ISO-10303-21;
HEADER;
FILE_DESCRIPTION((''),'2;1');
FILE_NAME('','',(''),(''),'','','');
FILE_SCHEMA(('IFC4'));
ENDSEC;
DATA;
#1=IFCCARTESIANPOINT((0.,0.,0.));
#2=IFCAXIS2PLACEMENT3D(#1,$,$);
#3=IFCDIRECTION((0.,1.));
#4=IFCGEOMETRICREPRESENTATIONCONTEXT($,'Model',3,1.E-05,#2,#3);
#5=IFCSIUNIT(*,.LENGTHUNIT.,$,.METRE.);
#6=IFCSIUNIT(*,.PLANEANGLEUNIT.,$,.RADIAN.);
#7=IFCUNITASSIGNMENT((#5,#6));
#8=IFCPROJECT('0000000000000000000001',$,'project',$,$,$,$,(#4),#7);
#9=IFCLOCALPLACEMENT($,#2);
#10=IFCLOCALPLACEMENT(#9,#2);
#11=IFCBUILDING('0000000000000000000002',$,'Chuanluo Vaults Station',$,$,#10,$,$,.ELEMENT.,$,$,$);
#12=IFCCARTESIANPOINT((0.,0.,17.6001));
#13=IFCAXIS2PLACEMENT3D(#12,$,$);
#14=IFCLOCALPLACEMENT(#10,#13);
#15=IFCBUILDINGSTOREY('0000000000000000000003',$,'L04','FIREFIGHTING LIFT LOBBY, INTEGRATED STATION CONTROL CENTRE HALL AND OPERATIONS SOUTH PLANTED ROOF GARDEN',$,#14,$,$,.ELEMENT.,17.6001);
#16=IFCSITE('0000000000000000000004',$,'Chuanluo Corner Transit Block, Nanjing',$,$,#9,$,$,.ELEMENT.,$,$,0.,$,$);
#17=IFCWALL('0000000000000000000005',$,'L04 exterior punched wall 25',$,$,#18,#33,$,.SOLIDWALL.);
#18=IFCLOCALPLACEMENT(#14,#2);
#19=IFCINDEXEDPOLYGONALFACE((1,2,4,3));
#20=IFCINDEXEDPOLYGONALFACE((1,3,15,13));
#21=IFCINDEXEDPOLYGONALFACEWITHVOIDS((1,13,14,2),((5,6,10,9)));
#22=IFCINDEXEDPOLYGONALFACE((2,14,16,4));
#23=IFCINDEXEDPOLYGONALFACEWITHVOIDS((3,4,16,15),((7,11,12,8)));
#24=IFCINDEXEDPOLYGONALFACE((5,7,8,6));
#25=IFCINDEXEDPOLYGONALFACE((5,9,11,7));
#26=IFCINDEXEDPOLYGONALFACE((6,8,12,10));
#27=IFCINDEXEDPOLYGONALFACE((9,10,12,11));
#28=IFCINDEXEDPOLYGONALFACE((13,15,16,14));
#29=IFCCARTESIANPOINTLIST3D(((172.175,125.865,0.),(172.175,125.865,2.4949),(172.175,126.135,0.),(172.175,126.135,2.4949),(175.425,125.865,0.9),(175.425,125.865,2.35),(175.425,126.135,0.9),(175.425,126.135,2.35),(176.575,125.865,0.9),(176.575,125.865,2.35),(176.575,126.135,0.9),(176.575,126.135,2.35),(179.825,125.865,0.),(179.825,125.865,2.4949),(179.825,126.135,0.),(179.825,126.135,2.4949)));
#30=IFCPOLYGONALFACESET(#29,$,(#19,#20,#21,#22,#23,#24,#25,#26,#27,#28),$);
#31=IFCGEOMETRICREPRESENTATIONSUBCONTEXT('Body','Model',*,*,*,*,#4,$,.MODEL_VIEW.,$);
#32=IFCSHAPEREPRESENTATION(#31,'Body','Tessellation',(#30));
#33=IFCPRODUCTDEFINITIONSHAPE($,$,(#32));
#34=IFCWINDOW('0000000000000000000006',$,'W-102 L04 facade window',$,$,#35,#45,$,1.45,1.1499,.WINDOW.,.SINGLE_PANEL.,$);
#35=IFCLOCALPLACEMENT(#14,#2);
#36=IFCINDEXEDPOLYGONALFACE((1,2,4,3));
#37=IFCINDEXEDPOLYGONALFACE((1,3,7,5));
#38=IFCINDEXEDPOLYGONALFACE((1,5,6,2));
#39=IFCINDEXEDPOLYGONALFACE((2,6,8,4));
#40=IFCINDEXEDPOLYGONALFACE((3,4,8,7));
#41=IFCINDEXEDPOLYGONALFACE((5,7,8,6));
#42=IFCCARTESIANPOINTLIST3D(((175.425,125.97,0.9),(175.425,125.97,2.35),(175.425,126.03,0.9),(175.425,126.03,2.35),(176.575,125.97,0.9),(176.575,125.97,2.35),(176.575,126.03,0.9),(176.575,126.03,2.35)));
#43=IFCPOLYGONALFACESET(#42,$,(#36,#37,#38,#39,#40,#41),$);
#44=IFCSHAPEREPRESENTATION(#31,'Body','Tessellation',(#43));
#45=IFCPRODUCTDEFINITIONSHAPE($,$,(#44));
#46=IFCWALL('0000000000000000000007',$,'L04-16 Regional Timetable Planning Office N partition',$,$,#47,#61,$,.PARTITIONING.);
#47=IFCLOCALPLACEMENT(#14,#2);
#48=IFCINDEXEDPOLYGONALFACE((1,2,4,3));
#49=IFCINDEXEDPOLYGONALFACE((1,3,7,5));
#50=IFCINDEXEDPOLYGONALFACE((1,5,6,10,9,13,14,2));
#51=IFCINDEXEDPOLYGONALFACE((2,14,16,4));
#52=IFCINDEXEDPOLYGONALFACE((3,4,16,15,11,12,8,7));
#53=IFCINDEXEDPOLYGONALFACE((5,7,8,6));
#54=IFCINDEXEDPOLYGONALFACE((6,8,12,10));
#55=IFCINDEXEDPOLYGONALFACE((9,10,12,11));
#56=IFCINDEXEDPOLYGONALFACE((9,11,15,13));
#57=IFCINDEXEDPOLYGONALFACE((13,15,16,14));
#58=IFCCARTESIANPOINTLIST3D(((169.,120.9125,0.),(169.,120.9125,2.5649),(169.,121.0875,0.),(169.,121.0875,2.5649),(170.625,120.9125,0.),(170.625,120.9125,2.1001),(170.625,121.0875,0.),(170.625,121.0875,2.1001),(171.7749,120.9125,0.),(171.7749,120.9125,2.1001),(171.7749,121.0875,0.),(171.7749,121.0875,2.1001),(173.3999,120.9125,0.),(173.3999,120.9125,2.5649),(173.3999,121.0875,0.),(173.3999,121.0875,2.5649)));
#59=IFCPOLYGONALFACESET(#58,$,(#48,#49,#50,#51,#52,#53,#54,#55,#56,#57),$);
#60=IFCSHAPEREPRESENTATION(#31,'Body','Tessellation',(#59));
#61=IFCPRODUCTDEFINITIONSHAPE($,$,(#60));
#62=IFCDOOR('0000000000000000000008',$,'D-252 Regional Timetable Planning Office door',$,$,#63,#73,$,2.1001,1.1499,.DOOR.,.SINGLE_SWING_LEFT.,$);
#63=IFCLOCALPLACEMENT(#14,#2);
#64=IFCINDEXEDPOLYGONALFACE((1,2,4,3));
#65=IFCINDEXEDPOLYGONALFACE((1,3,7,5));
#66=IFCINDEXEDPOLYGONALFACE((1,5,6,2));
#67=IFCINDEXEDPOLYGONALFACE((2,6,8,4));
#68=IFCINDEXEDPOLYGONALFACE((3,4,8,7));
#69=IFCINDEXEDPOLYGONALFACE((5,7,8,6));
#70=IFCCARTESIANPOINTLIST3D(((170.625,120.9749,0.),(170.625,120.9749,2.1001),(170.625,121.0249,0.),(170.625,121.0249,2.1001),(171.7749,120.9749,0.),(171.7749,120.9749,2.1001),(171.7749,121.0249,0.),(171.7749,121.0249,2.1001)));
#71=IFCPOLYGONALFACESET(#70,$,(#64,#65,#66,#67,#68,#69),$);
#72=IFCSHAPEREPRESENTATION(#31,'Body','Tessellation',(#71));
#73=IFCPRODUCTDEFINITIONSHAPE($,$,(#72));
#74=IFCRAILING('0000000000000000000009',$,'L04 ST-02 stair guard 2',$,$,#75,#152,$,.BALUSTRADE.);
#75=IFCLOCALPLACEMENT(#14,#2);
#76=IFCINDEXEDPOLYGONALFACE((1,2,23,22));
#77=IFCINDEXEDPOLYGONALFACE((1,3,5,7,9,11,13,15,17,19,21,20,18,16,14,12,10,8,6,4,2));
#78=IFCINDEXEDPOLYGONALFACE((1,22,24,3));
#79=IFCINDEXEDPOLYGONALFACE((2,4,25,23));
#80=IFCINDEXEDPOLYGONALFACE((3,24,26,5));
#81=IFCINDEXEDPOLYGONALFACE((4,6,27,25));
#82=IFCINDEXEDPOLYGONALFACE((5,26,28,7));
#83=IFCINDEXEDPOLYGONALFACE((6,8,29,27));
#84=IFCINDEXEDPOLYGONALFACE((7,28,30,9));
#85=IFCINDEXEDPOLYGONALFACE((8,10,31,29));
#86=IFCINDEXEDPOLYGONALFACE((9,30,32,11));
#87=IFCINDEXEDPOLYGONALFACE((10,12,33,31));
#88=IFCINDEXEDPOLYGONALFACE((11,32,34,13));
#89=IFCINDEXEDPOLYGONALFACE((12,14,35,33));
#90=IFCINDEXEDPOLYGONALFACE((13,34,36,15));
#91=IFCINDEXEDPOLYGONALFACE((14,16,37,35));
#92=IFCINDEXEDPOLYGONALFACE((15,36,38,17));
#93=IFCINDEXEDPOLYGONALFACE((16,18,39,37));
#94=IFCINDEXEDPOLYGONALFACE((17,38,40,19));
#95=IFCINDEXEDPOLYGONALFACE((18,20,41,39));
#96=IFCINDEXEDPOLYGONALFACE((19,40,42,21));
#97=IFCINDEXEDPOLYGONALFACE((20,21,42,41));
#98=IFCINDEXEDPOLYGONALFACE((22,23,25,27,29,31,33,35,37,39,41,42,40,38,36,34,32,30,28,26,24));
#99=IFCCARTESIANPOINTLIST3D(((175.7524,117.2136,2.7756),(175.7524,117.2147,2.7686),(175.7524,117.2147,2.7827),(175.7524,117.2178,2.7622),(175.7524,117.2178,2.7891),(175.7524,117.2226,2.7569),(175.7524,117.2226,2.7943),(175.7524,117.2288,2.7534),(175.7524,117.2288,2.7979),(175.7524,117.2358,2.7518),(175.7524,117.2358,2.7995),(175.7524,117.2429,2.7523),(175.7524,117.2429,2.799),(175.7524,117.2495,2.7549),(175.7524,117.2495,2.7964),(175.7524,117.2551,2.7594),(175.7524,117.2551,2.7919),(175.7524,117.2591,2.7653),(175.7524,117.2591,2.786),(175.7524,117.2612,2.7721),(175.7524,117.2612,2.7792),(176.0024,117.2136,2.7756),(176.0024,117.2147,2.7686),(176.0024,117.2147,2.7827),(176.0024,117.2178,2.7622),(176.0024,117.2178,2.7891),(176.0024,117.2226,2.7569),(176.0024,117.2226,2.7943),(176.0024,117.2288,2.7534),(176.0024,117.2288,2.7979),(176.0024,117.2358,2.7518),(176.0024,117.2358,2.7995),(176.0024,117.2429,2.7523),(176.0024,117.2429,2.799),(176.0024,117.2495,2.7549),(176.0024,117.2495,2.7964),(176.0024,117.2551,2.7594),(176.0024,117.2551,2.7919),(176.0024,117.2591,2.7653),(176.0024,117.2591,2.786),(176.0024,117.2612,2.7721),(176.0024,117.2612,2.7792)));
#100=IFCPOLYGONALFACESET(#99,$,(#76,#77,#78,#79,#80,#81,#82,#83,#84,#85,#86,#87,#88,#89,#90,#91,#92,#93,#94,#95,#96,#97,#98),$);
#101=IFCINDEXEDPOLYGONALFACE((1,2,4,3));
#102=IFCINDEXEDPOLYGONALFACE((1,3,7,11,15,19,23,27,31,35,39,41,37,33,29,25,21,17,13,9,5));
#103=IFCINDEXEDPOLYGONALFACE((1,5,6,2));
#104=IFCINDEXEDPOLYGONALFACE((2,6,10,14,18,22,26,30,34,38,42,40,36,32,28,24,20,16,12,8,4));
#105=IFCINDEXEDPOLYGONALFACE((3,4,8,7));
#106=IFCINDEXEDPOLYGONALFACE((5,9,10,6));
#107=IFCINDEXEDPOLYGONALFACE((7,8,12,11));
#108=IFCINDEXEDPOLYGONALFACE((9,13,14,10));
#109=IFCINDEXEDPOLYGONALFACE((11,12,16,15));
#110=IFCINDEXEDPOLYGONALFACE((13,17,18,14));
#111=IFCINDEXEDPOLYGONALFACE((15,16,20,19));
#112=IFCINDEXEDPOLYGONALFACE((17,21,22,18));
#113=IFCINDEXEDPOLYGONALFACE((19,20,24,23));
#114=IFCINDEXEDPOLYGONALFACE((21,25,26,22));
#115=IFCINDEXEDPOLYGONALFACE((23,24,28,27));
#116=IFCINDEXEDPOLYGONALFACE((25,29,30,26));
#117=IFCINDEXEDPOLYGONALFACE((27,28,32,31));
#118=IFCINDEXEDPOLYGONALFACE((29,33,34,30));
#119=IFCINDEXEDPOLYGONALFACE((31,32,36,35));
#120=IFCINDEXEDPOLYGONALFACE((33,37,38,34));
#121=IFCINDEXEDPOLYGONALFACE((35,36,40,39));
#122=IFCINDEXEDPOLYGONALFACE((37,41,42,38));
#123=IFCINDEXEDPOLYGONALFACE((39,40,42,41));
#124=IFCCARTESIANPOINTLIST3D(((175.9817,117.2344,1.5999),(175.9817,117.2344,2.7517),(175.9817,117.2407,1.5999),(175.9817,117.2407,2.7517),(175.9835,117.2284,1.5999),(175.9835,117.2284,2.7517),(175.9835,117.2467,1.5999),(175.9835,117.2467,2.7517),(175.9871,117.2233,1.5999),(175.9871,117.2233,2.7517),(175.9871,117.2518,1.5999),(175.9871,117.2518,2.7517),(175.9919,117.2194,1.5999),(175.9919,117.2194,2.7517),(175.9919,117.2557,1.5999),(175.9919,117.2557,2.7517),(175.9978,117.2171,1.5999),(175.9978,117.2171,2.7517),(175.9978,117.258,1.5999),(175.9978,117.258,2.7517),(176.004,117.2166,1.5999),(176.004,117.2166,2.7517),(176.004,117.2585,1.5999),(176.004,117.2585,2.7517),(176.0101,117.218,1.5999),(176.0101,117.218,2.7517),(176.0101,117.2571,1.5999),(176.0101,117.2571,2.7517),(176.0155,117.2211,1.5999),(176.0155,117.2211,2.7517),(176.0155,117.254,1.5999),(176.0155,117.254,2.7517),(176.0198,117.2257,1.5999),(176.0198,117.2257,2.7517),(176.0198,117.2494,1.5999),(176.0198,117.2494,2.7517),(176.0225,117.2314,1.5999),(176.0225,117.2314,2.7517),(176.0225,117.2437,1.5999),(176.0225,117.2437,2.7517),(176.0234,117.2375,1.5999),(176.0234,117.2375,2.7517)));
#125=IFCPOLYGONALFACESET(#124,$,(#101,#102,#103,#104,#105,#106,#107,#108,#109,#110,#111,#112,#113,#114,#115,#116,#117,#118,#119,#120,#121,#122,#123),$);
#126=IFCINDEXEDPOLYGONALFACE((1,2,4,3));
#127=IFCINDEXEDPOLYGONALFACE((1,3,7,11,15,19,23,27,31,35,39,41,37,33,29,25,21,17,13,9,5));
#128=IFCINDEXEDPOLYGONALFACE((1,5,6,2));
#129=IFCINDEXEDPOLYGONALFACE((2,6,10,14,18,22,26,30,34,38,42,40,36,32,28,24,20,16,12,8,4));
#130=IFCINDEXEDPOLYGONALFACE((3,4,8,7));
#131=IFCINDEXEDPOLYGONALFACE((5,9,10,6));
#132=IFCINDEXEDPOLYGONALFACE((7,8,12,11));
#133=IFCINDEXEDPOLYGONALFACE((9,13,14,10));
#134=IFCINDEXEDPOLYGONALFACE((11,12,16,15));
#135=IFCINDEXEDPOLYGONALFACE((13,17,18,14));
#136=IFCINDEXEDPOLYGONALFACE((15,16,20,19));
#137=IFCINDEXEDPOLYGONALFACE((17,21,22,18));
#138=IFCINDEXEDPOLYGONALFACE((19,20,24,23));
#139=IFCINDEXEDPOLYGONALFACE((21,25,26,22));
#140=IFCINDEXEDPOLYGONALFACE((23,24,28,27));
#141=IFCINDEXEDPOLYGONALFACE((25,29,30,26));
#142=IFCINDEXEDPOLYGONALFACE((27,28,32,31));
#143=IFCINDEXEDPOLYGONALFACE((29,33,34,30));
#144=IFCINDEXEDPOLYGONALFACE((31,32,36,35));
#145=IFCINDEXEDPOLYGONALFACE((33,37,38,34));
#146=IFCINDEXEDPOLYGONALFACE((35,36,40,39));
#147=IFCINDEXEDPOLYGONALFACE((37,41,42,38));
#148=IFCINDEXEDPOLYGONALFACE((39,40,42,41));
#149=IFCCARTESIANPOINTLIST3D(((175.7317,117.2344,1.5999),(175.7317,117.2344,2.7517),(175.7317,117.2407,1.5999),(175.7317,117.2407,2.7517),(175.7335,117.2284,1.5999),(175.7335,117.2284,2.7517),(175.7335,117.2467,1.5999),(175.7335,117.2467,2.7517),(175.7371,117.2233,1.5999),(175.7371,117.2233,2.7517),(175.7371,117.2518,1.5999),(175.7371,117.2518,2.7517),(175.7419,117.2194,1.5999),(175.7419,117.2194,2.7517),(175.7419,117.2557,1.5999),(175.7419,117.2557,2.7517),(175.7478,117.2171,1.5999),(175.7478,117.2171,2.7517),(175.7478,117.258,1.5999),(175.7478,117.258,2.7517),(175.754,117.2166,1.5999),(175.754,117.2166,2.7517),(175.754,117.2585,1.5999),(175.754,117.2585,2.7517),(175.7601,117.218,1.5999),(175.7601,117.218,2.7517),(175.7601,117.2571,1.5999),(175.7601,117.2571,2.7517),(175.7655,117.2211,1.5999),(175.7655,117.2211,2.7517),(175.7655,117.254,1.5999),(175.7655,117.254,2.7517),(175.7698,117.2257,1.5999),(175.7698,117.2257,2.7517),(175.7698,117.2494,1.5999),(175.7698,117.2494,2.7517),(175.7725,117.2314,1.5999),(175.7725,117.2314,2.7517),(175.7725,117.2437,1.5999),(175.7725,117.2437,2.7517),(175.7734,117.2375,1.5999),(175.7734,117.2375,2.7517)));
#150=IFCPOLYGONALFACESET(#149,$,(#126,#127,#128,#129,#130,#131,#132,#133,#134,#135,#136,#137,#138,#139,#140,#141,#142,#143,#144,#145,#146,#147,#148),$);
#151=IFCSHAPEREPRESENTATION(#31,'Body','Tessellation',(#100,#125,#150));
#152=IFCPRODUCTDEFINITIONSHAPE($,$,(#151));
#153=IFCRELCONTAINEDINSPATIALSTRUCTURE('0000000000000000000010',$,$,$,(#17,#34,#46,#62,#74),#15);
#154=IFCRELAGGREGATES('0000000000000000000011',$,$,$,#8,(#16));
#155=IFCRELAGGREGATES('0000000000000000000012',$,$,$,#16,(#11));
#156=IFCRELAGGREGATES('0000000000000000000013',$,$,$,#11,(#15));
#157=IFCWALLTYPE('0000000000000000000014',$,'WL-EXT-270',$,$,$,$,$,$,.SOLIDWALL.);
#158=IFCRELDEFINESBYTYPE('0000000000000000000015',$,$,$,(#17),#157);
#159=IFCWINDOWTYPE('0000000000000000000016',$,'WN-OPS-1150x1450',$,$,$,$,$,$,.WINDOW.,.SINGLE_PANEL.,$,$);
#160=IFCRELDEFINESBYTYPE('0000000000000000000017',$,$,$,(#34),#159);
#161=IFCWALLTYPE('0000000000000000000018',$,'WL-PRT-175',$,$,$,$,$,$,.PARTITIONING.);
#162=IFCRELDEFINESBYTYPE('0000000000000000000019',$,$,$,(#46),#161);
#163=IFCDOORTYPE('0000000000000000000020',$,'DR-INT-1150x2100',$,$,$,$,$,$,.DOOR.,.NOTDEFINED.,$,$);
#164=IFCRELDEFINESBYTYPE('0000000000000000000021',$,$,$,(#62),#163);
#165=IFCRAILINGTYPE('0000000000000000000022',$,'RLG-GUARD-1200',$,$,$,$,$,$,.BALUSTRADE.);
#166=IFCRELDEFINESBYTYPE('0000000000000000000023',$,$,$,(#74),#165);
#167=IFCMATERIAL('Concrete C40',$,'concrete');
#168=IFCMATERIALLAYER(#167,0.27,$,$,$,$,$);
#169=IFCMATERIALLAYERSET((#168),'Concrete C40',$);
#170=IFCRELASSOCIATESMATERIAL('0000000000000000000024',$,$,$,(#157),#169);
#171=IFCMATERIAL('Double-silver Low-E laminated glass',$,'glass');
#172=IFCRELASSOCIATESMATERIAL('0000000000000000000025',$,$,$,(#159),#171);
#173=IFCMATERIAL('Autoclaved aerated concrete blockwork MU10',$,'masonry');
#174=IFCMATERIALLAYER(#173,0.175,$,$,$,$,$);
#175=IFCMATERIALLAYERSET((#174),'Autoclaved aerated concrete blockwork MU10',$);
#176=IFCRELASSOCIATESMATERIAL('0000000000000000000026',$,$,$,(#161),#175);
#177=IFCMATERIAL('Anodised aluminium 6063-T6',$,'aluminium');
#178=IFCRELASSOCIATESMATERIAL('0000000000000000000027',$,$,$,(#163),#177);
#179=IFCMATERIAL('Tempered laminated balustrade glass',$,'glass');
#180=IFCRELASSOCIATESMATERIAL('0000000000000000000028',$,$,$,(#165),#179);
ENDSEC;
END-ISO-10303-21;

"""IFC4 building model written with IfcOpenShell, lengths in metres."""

from ifc_helpers import new_model, si_unit, direction, frame, frame_2d, origin, origin_2d, place, context, subcontext, project, spatial, rectangle, circle, extrude, material, layer, layer_set, type_object, element, fill, save


model = new_model("IFC4")

# Units and contexts
model_context = context("Model", 3, precision=1e-05, world=origin(), true_north=direction((0.0, 1.0)))
body_context = subcontext(model_context, "Body", "Model", "MODEL_VIEW")
ifc_project = project(units=[si_unit("LENGTHUNIT", "METRE"), si_unit("PLANEANGLEUNIT", "RADIAN")], contexts=[model_context])

# Site, building, storey
site_placement = place(None, origin())
site = spatial("IfcSite", under=ifc_project, at=site_placement, Name="Chuanluo Corner Transit Block, Nanjing", CompositionType="ELEMENT", RefElevation=0.0)
building_placement = place(site_placement, origin())
building = spatial("IfcBuilding", under=site, at=building_placement, Name="Chuanluo Vaults Station", CompositionType="ELEMENT")
storey_placement = place(building_placement, frame((0.0, 0.0, 17.6001)))
storey = spatial("IfcBuildingStorey", under=building, at=storey_placement, Name="L04", Description="FIREFIGHTING LIFT LOBBY, INTEGRATED STATION CONTROL CENTRE HALL AND OPERATIONS SOUTH PLANTED ROOF GARDEN", CompositionType="ELEMENT", Elevation=17.6001)

# Wall, opening, window
ifc_material_1 = material(Name="Concrete C40", Category="concrete")
ifc_layer_1 = layer(ifc_material_1, 0.27)
ifc_layer_set_1 = layer_set([ifc_layer_1], Name="Concrete C40")
wall_type_1 = type_object("IfcWallType", Name="WL-EXT-270", PredefinedType="SOLIDWALL", material=ifc_layer_set_1)
wall_1_placement = place(storey_placement, frame((172.175, 126.0, 0.0), z_axis=(0.0, 0.0, 1.0), x_axis=(1.0, 0.0, 0.0)))
wall_1 = element("IfcWall", 1, at=wall_1_placement, inside=storey, type_object=wall_type_1, Name="L04 exterior punched wall 25", PredefinedType="SOLIDWALL", context=body_context, shape_type="SweptSolid", body=[
    extrude(rectangle(XDim=7.6499, YDim=0.27, at=frame_2d((3.825, 0.0))), origin(), (0.0, 0.0, 1.0), 2.4949),
])
opening_1_placement = place(wall_1_placement, frame((3.25, 0.0, 0.8999)))
opening_1 = element("IfcOpeningElement", 2, at=opening_1_placement, cuts=wall_1, PredefinedType="OPENING", context=body_context, shape_type="SweptSolid", body=[
    extrude(rectangle(XDim=1.1499, YDim=1.45, at=frame_2d((0.575, 0.7251))), frame((0.0, 0.145, 0.0), z_axis=(0.0, -1.0, 0.0), x_axis=(1.0, 0.0, 0.0)), (0.0, 0.0, 1.0), 0.29),
])
ifc_material_2 = material(Name="Double-silver Low-E laminated glass", Category="glass")
window_type = type_object("IfcWindowType", Name="WN-OPS-1150x1450", PartitioningType="SINGLE_PANEL", PredefinedType="WINDOW", material=ifc_material_2)
window_placement = place(opening_1_placement, origin())
window = element("IfcWindow", 3, at=window_placement, inside=storey, type_object=window_type, Name="W-102 L04 facade window", OverallHeight=1.45, OverallWidth=1.1499, PartitioningType="SINGLE_PANEL", PredefinedType="WINDOW", context=body_context, shape_type="SweptSolid", body=[
    extrude(rectangle(XDim=1.1499, YDim=1.45, at=frame_2d((0.575, 0.7251))), frame((0.0, 0.03, 0.0), z_axis=(0.0, -1.0, 0.0), x_axis=(1.0, 0.0, 0.0)), (0.0, 0.0, 1.0), 0.0601),
])
fill(opening_1, window)

# Wall, opening, door
ifc_material_3 = material(Name="Autoclaved aerated concrete blockwork MU10", Category="masonry")
ifc_layer_2 = layer(ifc_material_3, 0.175)
ifc_layer_set_2 = layer_set([ifc_layer_2], Name="Autoclaved aerated concrete blockwork MU10")
wall_type_2 = type_object("IfcWallType", Name="WL-PRT-175", PredefinedType="PARTITIONING", material=ifc_layer_set_2)
wall_2_placement = place(storey_placement, frame((169.0, 121.0, 0.0), z_axis=(0.0, 0.0, 1.0), x_axis=(1.0, 0.0, 0.0)))
wall_2 = element("IfcWall", 4, at=wall_2_placement, inside=storey, type_object=wall_type_2, Name="L04-16 Regional Timetable Planning Office N partition", PredefinedType="PARTITIONING", context=body_context, shape_type="SweptSolid", body=[
    extrude(rectangle(XDim=4.3999, YDim=0.175, at=frame_2d((2.2, 0.0))), origin(), (0.0, 0.0, 1.0), 2.5649),
])
opening_2_placement = place(wall_2_placement, frame((1.625, 0.0, 0.0)))
opening_2 = element("IfcOpeningElement", 5, at=opening_2_placement, cuts=wall_2, PredefinedType="OPENING", context=body_context, shape_type="SweptSolid", body=[
    extrude(rectangle(XDim=1.1499, YDim=2.1001, at=frame_2d((0.575, 1.05))), frame((0.0, 0.0974, 0.0), z_axis=(0.0, -1.0, 0.0), x_axis=(1.0, 0.0, 0.0)), (0.0, 0.0, 1.0), 0.1951),
])
ifc_material_4 = material(Name="Anodised aluminium 6063-T6", Category="aluminium")
door_type = type_object("IfcDoorType", Name="DR-INT-1150x2100", OperationType="NOTDEFINED", PredefinedType="DOOR", material=ifc_material_4)
door_placement = place(opening_2_placement, origin())
door = element("IfcDoor", 6, at=door_placement, inside=storey, type_object=door_type, Name="D-252 Regional Timetable Planning Office door", OperationType="SINGLE_SWING_LEFT", OverallHeight=2.1001, OverallWidth=1.1499, PredefinedType="DOOR", context=body_context, shape_type="SweptSolid", body=[
    extrude(rectangle(XDim=1.1499, YDim=2.1001, at=frame_2d((0.575, 1.05))), frame((0.0, 0.0249, 0.0), z_axis=(0.0, -1.0, 0.0), x_axis=(1.0, 0.0, 0.0)), (0.0, 0.0, 1.0), 0.05),
])
fill(opening_2, door)

# Railing
ifc_material_5 = material(Name="Tempered laminated balustrade glass", Category="glass")
railing_type = type_object("IfcRailingType", Name="RLG-GUARD-1200", PredefinedType="BALUSTRADE", material=ifc_material_5)
railing_placement = place(storey_placement, frame((176.0024, 117.2375, 1.5999)))
element("IfcRailing", 7, at=railing_placement, inside=storey, type_object=railing_type, Name="L04 ST-02 stair guard 2", PredefinedType="BALUSTRADE", context=body_context, shape_type="SweptSolid", body=[
    extrude(circle(Radius=0.0239, at=origin_2d()), frame((0.0, 0.0, 1.1758), z_axis=(-1.0, 0.0, 0.0), x_axis=(0.0, -1.0, 0.0)), (0.0, 0.0, 1.0), 0.25),
    extrude(circle(Radius=0.021, at=origin_2d()), origin(), (0.0, 0.0, 1.0), 1.1519),
    extrude(circle(Radius=0.021, at=origin_2d()), frame((-0.25, 0.0, 0.0)), (0.0, 0.0, 1.0), 1.1519),
])

save(model, "model.ifc")
